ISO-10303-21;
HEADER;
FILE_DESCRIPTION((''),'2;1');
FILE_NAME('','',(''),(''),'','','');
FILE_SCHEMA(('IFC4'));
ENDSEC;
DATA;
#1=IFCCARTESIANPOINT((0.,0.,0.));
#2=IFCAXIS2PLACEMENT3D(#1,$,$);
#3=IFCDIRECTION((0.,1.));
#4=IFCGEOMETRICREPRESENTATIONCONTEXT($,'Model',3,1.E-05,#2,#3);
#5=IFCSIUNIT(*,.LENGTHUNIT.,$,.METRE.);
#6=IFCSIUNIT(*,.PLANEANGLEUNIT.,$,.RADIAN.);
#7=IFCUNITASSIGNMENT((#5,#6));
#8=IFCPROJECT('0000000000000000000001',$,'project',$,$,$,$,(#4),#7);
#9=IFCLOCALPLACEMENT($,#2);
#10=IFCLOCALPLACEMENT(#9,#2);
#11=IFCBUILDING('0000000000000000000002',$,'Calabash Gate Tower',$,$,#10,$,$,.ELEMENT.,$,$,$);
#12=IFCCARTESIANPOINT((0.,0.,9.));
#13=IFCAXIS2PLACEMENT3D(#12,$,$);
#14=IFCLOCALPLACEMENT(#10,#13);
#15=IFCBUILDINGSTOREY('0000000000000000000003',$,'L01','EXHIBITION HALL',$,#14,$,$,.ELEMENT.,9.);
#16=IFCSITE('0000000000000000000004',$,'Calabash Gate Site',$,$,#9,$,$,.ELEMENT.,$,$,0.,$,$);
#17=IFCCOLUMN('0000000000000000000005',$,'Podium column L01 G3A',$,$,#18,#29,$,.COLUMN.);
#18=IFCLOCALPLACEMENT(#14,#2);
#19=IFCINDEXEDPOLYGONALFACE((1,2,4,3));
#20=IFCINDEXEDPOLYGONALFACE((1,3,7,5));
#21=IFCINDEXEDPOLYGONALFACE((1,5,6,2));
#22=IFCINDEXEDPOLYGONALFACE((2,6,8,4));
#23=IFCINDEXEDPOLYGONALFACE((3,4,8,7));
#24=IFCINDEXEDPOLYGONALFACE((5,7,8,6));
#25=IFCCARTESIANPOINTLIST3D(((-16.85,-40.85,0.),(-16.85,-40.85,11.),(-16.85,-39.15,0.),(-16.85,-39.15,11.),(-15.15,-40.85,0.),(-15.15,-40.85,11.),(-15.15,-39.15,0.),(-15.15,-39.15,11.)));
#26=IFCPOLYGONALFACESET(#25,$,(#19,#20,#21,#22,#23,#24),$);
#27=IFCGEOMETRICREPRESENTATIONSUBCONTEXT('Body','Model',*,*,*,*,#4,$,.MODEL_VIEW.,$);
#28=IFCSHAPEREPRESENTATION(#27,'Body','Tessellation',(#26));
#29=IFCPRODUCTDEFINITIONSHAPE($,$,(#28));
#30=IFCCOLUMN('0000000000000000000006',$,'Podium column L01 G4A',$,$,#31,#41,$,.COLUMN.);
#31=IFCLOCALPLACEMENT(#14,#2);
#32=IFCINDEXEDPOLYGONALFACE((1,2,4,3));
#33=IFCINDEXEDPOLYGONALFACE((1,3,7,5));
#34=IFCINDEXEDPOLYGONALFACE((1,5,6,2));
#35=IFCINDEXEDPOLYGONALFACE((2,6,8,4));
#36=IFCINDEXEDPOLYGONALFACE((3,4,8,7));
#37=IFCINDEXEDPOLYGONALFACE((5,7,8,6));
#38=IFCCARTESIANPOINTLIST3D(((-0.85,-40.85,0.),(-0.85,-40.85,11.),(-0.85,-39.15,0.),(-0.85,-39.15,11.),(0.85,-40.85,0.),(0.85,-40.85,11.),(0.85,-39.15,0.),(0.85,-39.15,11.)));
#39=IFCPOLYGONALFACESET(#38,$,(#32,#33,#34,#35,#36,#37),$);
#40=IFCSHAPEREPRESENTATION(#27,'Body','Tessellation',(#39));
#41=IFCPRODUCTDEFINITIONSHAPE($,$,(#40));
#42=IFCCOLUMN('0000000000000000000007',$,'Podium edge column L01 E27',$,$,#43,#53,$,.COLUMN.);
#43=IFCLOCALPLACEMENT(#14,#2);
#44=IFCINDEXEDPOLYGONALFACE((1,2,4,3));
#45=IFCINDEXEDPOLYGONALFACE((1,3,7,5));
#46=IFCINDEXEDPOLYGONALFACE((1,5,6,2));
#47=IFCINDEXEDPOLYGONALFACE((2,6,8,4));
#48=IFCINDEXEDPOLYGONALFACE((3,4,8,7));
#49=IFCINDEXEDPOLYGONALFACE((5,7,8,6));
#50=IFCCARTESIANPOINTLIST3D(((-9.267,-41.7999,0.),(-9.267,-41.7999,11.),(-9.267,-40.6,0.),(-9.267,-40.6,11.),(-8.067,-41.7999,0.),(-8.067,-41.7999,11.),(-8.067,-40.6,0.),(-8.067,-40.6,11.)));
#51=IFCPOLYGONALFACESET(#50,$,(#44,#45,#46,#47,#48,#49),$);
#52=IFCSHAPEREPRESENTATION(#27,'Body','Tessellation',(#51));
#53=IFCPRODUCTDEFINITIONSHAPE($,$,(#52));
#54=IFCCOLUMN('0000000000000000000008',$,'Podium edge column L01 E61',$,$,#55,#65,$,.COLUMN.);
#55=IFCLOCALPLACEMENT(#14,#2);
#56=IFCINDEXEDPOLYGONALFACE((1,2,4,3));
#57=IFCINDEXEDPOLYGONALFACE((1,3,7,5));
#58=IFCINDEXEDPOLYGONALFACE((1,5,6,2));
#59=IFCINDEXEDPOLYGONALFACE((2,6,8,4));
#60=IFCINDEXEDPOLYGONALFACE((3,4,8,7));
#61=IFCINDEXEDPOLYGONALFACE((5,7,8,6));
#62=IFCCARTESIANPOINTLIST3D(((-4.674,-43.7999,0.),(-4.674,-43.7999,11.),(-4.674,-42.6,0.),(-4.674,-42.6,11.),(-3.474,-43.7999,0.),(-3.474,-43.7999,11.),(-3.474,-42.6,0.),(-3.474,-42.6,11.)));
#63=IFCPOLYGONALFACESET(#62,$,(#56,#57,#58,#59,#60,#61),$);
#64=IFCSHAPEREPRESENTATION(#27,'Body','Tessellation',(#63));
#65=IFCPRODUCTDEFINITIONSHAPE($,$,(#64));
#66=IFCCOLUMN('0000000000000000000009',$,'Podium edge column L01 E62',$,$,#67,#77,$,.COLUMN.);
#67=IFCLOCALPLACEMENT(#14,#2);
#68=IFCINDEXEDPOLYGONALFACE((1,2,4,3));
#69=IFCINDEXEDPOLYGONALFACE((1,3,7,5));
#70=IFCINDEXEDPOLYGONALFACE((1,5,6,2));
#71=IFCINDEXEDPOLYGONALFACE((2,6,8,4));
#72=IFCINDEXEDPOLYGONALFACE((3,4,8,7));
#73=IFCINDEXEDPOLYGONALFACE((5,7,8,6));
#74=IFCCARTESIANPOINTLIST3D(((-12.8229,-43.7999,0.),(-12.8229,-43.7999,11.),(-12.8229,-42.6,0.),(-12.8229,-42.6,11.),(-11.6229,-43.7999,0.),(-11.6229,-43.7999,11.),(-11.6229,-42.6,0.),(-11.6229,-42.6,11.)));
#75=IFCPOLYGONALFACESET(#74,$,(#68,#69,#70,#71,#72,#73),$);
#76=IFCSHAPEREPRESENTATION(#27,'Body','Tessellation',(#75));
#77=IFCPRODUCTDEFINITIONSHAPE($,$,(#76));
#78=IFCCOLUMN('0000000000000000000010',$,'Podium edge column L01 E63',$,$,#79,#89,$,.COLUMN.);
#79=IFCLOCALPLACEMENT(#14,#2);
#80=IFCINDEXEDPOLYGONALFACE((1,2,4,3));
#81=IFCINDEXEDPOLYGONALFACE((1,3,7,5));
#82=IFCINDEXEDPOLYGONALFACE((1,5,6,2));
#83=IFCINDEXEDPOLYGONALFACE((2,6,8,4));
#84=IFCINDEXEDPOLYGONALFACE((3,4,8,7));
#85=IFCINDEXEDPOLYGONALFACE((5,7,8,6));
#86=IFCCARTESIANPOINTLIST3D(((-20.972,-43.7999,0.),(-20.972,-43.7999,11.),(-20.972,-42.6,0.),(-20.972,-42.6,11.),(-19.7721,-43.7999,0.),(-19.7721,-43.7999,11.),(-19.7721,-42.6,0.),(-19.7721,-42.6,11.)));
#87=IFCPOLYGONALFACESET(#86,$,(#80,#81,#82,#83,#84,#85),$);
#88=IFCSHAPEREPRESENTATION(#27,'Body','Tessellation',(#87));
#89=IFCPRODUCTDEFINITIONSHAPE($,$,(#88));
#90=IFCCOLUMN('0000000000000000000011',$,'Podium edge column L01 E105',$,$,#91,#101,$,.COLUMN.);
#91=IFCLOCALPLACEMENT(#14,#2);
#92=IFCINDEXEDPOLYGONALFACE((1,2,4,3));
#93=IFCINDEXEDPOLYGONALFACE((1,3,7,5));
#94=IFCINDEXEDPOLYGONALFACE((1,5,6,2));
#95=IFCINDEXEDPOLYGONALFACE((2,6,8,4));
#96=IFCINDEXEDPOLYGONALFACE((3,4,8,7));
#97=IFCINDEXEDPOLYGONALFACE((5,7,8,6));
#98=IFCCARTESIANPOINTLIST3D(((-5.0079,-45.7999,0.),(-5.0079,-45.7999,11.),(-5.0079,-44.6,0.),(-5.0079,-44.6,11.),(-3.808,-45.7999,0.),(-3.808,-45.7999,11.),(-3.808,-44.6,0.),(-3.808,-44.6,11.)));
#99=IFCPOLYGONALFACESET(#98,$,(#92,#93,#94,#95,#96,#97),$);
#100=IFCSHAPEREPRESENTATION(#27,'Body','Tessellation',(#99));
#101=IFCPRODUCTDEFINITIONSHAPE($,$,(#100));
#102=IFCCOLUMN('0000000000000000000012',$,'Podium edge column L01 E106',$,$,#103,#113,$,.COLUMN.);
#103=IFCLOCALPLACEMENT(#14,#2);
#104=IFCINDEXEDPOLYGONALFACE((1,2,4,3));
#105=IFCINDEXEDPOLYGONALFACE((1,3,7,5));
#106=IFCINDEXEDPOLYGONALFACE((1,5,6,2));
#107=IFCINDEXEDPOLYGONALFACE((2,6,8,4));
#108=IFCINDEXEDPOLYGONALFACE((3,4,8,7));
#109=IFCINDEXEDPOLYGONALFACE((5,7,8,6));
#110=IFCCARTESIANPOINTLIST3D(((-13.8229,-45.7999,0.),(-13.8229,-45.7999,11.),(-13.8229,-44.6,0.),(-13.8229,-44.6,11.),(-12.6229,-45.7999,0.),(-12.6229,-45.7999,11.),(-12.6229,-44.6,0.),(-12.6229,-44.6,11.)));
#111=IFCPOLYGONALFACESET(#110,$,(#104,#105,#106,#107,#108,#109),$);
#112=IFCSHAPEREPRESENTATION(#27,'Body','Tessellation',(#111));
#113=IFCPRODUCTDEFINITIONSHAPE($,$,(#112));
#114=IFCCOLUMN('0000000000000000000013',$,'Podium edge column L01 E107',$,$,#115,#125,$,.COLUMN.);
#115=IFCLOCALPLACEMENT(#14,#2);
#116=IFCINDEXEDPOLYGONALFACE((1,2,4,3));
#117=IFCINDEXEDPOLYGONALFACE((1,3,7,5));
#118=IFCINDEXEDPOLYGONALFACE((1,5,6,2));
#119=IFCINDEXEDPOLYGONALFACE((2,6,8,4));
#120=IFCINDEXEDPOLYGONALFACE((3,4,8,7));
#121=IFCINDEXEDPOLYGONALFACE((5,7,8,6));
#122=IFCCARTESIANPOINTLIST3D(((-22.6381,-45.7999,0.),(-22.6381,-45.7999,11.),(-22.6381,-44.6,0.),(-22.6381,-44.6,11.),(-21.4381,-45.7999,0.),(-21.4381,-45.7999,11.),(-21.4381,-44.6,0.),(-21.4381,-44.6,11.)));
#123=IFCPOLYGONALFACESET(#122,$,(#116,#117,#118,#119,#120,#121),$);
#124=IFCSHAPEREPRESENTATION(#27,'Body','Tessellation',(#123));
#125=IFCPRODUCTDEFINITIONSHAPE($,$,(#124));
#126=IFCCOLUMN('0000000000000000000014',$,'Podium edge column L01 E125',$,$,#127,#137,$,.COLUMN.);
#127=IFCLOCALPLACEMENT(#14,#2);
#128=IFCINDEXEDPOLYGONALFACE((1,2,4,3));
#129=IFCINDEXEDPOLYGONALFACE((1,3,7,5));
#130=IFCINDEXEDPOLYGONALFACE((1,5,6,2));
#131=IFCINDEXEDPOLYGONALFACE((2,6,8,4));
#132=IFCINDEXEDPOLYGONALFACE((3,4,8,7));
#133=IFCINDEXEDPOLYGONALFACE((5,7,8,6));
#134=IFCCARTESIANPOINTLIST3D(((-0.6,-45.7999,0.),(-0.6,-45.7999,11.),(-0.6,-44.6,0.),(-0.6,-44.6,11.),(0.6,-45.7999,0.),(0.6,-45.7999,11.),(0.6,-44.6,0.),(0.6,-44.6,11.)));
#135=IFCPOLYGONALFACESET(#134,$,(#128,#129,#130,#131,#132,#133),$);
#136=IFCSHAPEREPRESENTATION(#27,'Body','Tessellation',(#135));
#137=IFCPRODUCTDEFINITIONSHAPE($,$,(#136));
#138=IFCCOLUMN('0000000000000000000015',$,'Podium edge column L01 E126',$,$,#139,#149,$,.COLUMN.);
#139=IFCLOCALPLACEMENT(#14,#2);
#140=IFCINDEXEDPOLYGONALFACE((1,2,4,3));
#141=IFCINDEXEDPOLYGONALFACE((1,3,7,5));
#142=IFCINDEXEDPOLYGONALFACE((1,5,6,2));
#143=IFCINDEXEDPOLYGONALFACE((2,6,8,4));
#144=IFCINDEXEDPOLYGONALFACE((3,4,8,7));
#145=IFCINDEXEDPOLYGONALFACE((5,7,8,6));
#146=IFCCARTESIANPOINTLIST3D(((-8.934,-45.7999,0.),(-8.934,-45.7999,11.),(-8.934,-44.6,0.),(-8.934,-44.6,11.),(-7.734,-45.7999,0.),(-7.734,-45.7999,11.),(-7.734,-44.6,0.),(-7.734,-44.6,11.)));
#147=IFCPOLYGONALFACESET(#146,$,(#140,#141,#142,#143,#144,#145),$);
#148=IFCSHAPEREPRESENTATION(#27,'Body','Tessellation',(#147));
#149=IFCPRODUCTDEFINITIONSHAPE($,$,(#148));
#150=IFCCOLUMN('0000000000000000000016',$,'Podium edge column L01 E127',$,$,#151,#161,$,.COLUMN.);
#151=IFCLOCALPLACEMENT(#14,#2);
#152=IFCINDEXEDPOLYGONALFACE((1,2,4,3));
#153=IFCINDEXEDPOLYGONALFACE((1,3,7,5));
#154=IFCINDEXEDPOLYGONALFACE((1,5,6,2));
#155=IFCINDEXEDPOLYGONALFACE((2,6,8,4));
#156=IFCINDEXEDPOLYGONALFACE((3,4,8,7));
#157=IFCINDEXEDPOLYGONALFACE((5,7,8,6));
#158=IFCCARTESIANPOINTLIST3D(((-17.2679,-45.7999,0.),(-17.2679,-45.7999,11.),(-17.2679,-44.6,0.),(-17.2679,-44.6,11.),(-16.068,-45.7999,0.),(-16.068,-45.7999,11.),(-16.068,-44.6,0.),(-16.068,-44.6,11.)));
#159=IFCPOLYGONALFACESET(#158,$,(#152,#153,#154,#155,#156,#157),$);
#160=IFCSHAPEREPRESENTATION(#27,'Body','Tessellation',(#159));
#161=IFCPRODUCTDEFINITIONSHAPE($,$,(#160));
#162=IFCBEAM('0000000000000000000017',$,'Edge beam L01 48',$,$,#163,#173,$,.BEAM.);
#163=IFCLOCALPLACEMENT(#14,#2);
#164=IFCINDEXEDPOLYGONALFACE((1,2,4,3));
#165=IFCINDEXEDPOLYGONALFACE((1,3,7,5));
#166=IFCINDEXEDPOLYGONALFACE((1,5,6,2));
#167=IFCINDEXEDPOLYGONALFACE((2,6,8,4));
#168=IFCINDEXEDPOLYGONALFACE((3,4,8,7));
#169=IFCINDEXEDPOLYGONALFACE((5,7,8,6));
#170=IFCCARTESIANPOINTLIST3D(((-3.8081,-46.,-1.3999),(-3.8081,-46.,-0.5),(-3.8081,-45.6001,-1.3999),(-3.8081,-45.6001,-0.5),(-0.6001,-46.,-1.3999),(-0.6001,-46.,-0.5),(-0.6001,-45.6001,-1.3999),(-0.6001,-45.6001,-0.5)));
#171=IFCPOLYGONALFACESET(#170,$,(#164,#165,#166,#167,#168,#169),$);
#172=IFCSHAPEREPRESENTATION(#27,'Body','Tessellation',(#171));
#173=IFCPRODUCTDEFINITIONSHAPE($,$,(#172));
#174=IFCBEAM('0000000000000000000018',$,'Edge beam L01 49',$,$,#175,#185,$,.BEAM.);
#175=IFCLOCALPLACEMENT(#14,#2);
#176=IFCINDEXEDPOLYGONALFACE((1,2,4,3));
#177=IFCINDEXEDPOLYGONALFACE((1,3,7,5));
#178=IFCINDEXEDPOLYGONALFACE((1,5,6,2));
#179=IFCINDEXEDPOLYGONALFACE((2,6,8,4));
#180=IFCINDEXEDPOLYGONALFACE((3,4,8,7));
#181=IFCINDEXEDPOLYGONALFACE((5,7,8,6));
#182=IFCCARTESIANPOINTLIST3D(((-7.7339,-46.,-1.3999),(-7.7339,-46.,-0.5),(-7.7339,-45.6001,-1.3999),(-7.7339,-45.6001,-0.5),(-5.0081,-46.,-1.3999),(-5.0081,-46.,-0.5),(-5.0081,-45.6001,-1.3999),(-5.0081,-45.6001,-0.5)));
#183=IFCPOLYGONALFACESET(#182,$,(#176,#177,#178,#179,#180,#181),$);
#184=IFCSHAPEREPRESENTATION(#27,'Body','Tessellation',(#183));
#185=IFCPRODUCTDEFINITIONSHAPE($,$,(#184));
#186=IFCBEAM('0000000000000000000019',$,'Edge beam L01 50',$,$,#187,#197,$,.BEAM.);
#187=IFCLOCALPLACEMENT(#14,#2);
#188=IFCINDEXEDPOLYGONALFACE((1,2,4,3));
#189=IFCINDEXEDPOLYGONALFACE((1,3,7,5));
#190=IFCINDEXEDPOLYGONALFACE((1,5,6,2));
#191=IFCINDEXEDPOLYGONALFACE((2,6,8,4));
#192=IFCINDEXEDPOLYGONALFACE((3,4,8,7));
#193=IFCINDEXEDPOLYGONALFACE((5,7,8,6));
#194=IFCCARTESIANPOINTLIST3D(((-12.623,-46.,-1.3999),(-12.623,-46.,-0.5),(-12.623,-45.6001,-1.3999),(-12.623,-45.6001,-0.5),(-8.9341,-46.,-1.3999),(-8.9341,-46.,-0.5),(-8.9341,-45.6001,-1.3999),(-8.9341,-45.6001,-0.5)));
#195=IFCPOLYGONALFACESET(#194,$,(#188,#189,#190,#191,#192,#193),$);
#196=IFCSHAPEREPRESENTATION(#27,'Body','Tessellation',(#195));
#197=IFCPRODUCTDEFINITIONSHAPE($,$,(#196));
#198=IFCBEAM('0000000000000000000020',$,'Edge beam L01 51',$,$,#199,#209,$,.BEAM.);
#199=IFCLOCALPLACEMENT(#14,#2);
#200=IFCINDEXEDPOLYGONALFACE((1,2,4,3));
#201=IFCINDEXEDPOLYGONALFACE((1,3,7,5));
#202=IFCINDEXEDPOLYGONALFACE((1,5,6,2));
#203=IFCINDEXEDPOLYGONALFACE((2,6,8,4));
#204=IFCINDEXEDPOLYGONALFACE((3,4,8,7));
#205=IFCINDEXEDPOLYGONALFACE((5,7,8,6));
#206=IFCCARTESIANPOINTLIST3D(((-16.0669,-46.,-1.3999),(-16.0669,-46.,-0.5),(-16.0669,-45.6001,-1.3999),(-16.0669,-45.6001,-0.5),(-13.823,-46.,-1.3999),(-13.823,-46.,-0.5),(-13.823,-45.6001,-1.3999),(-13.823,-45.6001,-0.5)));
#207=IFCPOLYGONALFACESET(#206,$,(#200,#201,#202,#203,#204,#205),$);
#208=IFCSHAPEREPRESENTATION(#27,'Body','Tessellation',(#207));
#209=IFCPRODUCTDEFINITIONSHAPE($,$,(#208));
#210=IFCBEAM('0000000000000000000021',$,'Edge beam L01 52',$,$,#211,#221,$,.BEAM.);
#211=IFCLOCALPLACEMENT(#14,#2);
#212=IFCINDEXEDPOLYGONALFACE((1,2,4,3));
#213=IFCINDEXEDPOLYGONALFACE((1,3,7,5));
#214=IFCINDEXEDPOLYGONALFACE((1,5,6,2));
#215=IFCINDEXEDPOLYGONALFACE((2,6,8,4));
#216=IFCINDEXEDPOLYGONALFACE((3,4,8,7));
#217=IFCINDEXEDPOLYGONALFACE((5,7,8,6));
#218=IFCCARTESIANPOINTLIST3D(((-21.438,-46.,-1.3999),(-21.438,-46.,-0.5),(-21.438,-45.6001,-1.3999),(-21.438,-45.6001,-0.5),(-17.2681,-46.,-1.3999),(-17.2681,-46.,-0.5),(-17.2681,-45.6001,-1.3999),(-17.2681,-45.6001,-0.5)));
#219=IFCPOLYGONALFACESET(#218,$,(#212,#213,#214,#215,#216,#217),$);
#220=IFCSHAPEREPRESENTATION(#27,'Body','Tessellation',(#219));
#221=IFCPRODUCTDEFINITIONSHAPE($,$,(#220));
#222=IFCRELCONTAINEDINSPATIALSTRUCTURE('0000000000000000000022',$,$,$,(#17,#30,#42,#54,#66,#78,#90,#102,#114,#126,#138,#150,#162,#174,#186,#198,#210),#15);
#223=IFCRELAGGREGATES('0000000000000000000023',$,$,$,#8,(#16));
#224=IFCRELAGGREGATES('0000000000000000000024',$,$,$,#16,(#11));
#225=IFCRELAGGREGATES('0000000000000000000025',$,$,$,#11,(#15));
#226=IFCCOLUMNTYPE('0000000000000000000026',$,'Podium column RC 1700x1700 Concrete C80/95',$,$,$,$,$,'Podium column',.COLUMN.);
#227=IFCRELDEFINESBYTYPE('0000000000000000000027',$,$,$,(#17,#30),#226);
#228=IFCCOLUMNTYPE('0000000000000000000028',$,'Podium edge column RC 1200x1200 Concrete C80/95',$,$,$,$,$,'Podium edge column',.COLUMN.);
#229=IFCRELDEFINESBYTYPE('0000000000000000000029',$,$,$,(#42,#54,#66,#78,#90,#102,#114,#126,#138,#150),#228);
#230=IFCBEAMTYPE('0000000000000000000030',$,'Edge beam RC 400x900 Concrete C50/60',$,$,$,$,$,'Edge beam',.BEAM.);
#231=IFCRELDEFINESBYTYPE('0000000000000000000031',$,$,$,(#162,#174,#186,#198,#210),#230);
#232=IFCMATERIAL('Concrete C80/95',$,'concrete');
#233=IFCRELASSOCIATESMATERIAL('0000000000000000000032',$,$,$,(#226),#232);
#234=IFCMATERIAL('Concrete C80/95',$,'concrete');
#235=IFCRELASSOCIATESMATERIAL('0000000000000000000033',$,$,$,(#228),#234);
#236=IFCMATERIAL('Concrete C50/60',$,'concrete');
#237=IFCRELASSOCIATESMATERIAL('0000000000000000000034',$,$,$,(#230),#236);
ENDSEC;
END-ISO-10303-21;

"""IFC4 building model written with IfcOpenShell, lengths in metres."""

from ifc_helpers import new_model, si_unit, direction, frame, origin, origin_2d, place, context, subcontext, project, spatial, rectangle, extrude, material, material_profile, profile_set, type_object, element, save


model = new_model("IFC4")

# Units and contexts
model_context = context("Model", 3, precision=1e-05, world=origin(), true_north=direction((0.0, 1.0)))
body_context = subcontext(model_context, "Body", "Model", "MODEL_VIEW")
ifc_project = project(units=[si_unit("LENGTHUNIT", "METRE"), si_unit("PLANEANGLEUNIT", "RADIAN")], contexts=[model_context])

# Site, building, storey
site_placement = place(None, origin())
site = spatial("IfcSite", under=ifc_project, at=site_placement, Name="Calabash Gate Site", CompositionType="ELEMENT", RefElevation=0.0)
building_placement = place(site_placement, origin())
building = spatial("IfcBuilding", under=site, at=building_placement, Name="Calabash Gate Tower", CompositionType="ELEMENT")
storey_placement = place(building_placement, frame((0.0, 0.0, 9.0)))
storey = spatial("IfcBuildingStorey", under=building, at=storey_placement, Name="L01", Description="EXHIBITION HALL", CompositionType="ELEMENT", Elevation=9.0)

# Columns
ifc_material_1 = material(Name="Concrete C80/95", Category="concrete")
ifc_material_profile_1 = material_profile(ifc_material_1, rectangle(XDim=1.7, YDim=1.7, at=origin_2d()))
ifc_profile_set_1 = profile_set([ifc_material_profile_1], Name="Concrete C80/95")
column_type_1 = type_object("IfcColumnType", Name="Podium column RC 1700x1700 Concrete C80/95", ElementType="Podium column", PredefinedType="COLUMN", material=ifc_profile_set_1)
for number, where, z_axis, x_axis, name in (
    (1, (-16.0, -40.0, 0.0), (0.0, 0.0, 1.0), (1.0, 0.0, 0.0), "Podium column L01 G3A"),
    (2, (0.0, -40.0, 0.0), (0.0, 0.0, 1.0), (1.0, 0.0, 0.0), "Podium column L01 G4A"),
):
    element("IfcColumn", number, at=place(storey_placement, frame(where, z_axis=z_axis, x_axis=x_axis)), inside=storey, type_object=column_type_1, Name=name, PredefinedType="COLUMN", context=body_context, shape_type="SweptSolid", body=[
        extrude(rectangle(XDim=1.7, YDim=1.7, at=origin_2d()), origin(), (0.0, 0.0, 1.0), 11.0),
    ])
ifc_material_2 = material(Name="Concrete C80/95", Category="concrete")
ifc_material_profile_2 = material_profile(ifc_material_2, rectangle(XDim=1.2, YDim=1.2, at=origin_2d()))
ifc_profile_set_2 = profile_set([ifc_material_profile_2], Name="Concrete C80/95")
column_type_2 = type_object("IfcColumnType", Name="Podium edge column RC 1200x1200 Concrete C80/95", ElementType="Podium edge column", PredefinedType="COLUMN", material=ifc_profile_set_2)
for number, where, z_axis, x_axis, name in (
    (3, (-8.667, -41.2, 0.0), (0.0, 0.0, 1.0), (1.0, 0.0, 0.0), "Podium edge column L01 E27"),
    (4, (-4.074, -43.2, 0.0), (0.0, 0.0, 1.0), (1.0, 0.0, 0.0), "Podium edge column L01 E61"),
    (5, (-12.2229, -43.2, 0.0), (0.0, 0.0, 1.0), (1.0, 0.0, 0.0), "Podium edge column L01 E62"),
    (6, (-20.3721, -43.2, 0.0), (0.0, 0.0, 1.0), (1.0, 0.0, 0.0), "Podium edge column L01 E63"),
    (7, (-4.408, -45.2, 0.0), (0.0, 0.0, 1.0), (1.0, 0.0, 0.0), "Podium edge column L01 E105"),
    (8, (-13.2229, -45.2, 0.0), (0.0, 0.0, 1.0), (1.0, 0.0, 0.0), "Podium edge column L01 E106"),
    (9, (-22.0381, -45.2, 0.0), (0.0, 0.0, 1.0), (1.0, 0.0, 0.0), "Podium edge column L01 E107"),
    (10, (0.0, -45.2, 0.0), (0.0, 0.0, 1.0), (1.0, 0.0, 0.0), "Podium edge column L01 E125"),
    (11, (-8.334, -45.2, 0.0), (0.0, 0.0, 1.0), (1.0, 0.0, 0.0), "Podium edge column L01 E126"),
    (12, (-16.668, -45.2, 0.0), (0.0, 0.0, 1.0), (1.0, 0.0, 0.0), "Podium edge column L01 E127"),
):
    element("IfcColumn", number, at=place(storey_placement, frame(where, z_axis=z_axis, x_axis=x_axis)), inside=storey, type_object=column_type_2, Name=name, PredefinedType="COLUMN", context=body_context, shape_type="SweptSolid", body=[
        extrude(rectangle(XDim=1.2, YDim=1.2, at=origin_2d()), origin(), (0.0, 0.0, 1.0), 11.0),
    ])

# Beams
ifc_material_3 = material(Name="Concrete C50/60", Category="concrete")
ifc_material_profile_3 = material_profile(ifc_material_3, rectangle(XDim=0.3999, YDim=0.8999, at=origin_2d()))
ifc_profile_set_3 = profile_set([ifc_material_profile_3], Name="Concrete C50/60")
beam_type_1 = type_object("IfcBeamType", Name="Edge beam RC 400x900 Concrete C50/60", ElementType="Edge beam", PredefinedType="BEAM", material=ifc_profile_set_3)
beam_1_placement = place(storey_placement, frame((-0.6001, -45.8, -0.95), z_axis=(-1.0, 0.0, 0.0), x_axis=(0.0, -1.0, 0.0)))
element("IfcBeam", 13, at=beam_1_placement, inside=storey, type_object=beam_type_1, Name="Edge beam L01 48", PredefinedType="BEAM", context=body_context, shape_type="SweptSolid", body=[
    extrude(rectangle(XDim=0.3999, YDim=0.8999, at=origin_2d()), origin(), (0.0, 0.0, 1.0), 3.208),
])
beam_2_placement = place(storey_placement, frame((-5.0081, -45.8, -0.95), z_axis=(-1.0, 0.0, 0.0), x_axis=(0.0, -1.0, 0.0)))
element("IfcBeam", 14, at=beam_2_placement, inside=storey, type_object=beam_type_1, Name="Edge beam L01 49", PredefinedType="BEAM", context=body_context, shape_type="SweptSolid", body=[
    extrude(rectangle(XDim=0.3999, YDim=0.8999, at=origin_2d()), origin(), (0.0, 0.0, 1.0), 2.7258),
])
beam_3_placement = place(storey_placement, frame((-8.9341, -45.8, -0.95), z_axis=(-1.0, 0.0, 0.0), x_axis=(0.0, -1.0, 0.0)))
element("IfcBeam", 15, at=beam_3_placement, inside=storey, type_object=beam_type_1, Name="Edge beam L01 50", PredefinedType="BEAM", context=body_context, shape_type="SweptSolid", body=[
    extrude(rectangle(XDim=0.3999, YDim=0.8999, at=origin_2d()), origin(), (0.0, 0.0, 1.0), 3.689),
])
beam_4_placement = place(storey_placement, frame((-13.823, -45.8, -0.95), z_axis=(-1.0, 0.0, 0.0), x_axis=(0.0, -1.0, 0.0)))
element("IfcBeam", 16, at=beam_4_placement, inside=storey, type_object=beam_type_1, Name="Edge beam L01 51", PredefinedType="BEAM", context=body_context, shape_type="SweptSolid", body=[
    extrude(rectangle(XDim=0.3999, YDim=0.8999, at=origin_2d()), origin(), (0.0, 0.0, 1.0), 2.2439),
])
beam_5_placement = place(storey_placement, frame((-17.2681, -45.8, -0.95), z_axis=(-1.0, 0.0, 0.0), x_axis=(0.0, -1.0, 0.0)))
element("IfcBeam", 17, at=beam_5_placement, inside=storey, type_object=beam_type_1, Name="Edge beam L01 52", PredefinedType="BEAM", context=body_context, shape_type="SweptSolid", body=[
    extrude(rectangle(XDim=0.3999, YDim=0.8999, at=origin_2d()), origin(), (0.0, 0.0, 1.0), 4.1699),
])

save(model, "model.ifc")
